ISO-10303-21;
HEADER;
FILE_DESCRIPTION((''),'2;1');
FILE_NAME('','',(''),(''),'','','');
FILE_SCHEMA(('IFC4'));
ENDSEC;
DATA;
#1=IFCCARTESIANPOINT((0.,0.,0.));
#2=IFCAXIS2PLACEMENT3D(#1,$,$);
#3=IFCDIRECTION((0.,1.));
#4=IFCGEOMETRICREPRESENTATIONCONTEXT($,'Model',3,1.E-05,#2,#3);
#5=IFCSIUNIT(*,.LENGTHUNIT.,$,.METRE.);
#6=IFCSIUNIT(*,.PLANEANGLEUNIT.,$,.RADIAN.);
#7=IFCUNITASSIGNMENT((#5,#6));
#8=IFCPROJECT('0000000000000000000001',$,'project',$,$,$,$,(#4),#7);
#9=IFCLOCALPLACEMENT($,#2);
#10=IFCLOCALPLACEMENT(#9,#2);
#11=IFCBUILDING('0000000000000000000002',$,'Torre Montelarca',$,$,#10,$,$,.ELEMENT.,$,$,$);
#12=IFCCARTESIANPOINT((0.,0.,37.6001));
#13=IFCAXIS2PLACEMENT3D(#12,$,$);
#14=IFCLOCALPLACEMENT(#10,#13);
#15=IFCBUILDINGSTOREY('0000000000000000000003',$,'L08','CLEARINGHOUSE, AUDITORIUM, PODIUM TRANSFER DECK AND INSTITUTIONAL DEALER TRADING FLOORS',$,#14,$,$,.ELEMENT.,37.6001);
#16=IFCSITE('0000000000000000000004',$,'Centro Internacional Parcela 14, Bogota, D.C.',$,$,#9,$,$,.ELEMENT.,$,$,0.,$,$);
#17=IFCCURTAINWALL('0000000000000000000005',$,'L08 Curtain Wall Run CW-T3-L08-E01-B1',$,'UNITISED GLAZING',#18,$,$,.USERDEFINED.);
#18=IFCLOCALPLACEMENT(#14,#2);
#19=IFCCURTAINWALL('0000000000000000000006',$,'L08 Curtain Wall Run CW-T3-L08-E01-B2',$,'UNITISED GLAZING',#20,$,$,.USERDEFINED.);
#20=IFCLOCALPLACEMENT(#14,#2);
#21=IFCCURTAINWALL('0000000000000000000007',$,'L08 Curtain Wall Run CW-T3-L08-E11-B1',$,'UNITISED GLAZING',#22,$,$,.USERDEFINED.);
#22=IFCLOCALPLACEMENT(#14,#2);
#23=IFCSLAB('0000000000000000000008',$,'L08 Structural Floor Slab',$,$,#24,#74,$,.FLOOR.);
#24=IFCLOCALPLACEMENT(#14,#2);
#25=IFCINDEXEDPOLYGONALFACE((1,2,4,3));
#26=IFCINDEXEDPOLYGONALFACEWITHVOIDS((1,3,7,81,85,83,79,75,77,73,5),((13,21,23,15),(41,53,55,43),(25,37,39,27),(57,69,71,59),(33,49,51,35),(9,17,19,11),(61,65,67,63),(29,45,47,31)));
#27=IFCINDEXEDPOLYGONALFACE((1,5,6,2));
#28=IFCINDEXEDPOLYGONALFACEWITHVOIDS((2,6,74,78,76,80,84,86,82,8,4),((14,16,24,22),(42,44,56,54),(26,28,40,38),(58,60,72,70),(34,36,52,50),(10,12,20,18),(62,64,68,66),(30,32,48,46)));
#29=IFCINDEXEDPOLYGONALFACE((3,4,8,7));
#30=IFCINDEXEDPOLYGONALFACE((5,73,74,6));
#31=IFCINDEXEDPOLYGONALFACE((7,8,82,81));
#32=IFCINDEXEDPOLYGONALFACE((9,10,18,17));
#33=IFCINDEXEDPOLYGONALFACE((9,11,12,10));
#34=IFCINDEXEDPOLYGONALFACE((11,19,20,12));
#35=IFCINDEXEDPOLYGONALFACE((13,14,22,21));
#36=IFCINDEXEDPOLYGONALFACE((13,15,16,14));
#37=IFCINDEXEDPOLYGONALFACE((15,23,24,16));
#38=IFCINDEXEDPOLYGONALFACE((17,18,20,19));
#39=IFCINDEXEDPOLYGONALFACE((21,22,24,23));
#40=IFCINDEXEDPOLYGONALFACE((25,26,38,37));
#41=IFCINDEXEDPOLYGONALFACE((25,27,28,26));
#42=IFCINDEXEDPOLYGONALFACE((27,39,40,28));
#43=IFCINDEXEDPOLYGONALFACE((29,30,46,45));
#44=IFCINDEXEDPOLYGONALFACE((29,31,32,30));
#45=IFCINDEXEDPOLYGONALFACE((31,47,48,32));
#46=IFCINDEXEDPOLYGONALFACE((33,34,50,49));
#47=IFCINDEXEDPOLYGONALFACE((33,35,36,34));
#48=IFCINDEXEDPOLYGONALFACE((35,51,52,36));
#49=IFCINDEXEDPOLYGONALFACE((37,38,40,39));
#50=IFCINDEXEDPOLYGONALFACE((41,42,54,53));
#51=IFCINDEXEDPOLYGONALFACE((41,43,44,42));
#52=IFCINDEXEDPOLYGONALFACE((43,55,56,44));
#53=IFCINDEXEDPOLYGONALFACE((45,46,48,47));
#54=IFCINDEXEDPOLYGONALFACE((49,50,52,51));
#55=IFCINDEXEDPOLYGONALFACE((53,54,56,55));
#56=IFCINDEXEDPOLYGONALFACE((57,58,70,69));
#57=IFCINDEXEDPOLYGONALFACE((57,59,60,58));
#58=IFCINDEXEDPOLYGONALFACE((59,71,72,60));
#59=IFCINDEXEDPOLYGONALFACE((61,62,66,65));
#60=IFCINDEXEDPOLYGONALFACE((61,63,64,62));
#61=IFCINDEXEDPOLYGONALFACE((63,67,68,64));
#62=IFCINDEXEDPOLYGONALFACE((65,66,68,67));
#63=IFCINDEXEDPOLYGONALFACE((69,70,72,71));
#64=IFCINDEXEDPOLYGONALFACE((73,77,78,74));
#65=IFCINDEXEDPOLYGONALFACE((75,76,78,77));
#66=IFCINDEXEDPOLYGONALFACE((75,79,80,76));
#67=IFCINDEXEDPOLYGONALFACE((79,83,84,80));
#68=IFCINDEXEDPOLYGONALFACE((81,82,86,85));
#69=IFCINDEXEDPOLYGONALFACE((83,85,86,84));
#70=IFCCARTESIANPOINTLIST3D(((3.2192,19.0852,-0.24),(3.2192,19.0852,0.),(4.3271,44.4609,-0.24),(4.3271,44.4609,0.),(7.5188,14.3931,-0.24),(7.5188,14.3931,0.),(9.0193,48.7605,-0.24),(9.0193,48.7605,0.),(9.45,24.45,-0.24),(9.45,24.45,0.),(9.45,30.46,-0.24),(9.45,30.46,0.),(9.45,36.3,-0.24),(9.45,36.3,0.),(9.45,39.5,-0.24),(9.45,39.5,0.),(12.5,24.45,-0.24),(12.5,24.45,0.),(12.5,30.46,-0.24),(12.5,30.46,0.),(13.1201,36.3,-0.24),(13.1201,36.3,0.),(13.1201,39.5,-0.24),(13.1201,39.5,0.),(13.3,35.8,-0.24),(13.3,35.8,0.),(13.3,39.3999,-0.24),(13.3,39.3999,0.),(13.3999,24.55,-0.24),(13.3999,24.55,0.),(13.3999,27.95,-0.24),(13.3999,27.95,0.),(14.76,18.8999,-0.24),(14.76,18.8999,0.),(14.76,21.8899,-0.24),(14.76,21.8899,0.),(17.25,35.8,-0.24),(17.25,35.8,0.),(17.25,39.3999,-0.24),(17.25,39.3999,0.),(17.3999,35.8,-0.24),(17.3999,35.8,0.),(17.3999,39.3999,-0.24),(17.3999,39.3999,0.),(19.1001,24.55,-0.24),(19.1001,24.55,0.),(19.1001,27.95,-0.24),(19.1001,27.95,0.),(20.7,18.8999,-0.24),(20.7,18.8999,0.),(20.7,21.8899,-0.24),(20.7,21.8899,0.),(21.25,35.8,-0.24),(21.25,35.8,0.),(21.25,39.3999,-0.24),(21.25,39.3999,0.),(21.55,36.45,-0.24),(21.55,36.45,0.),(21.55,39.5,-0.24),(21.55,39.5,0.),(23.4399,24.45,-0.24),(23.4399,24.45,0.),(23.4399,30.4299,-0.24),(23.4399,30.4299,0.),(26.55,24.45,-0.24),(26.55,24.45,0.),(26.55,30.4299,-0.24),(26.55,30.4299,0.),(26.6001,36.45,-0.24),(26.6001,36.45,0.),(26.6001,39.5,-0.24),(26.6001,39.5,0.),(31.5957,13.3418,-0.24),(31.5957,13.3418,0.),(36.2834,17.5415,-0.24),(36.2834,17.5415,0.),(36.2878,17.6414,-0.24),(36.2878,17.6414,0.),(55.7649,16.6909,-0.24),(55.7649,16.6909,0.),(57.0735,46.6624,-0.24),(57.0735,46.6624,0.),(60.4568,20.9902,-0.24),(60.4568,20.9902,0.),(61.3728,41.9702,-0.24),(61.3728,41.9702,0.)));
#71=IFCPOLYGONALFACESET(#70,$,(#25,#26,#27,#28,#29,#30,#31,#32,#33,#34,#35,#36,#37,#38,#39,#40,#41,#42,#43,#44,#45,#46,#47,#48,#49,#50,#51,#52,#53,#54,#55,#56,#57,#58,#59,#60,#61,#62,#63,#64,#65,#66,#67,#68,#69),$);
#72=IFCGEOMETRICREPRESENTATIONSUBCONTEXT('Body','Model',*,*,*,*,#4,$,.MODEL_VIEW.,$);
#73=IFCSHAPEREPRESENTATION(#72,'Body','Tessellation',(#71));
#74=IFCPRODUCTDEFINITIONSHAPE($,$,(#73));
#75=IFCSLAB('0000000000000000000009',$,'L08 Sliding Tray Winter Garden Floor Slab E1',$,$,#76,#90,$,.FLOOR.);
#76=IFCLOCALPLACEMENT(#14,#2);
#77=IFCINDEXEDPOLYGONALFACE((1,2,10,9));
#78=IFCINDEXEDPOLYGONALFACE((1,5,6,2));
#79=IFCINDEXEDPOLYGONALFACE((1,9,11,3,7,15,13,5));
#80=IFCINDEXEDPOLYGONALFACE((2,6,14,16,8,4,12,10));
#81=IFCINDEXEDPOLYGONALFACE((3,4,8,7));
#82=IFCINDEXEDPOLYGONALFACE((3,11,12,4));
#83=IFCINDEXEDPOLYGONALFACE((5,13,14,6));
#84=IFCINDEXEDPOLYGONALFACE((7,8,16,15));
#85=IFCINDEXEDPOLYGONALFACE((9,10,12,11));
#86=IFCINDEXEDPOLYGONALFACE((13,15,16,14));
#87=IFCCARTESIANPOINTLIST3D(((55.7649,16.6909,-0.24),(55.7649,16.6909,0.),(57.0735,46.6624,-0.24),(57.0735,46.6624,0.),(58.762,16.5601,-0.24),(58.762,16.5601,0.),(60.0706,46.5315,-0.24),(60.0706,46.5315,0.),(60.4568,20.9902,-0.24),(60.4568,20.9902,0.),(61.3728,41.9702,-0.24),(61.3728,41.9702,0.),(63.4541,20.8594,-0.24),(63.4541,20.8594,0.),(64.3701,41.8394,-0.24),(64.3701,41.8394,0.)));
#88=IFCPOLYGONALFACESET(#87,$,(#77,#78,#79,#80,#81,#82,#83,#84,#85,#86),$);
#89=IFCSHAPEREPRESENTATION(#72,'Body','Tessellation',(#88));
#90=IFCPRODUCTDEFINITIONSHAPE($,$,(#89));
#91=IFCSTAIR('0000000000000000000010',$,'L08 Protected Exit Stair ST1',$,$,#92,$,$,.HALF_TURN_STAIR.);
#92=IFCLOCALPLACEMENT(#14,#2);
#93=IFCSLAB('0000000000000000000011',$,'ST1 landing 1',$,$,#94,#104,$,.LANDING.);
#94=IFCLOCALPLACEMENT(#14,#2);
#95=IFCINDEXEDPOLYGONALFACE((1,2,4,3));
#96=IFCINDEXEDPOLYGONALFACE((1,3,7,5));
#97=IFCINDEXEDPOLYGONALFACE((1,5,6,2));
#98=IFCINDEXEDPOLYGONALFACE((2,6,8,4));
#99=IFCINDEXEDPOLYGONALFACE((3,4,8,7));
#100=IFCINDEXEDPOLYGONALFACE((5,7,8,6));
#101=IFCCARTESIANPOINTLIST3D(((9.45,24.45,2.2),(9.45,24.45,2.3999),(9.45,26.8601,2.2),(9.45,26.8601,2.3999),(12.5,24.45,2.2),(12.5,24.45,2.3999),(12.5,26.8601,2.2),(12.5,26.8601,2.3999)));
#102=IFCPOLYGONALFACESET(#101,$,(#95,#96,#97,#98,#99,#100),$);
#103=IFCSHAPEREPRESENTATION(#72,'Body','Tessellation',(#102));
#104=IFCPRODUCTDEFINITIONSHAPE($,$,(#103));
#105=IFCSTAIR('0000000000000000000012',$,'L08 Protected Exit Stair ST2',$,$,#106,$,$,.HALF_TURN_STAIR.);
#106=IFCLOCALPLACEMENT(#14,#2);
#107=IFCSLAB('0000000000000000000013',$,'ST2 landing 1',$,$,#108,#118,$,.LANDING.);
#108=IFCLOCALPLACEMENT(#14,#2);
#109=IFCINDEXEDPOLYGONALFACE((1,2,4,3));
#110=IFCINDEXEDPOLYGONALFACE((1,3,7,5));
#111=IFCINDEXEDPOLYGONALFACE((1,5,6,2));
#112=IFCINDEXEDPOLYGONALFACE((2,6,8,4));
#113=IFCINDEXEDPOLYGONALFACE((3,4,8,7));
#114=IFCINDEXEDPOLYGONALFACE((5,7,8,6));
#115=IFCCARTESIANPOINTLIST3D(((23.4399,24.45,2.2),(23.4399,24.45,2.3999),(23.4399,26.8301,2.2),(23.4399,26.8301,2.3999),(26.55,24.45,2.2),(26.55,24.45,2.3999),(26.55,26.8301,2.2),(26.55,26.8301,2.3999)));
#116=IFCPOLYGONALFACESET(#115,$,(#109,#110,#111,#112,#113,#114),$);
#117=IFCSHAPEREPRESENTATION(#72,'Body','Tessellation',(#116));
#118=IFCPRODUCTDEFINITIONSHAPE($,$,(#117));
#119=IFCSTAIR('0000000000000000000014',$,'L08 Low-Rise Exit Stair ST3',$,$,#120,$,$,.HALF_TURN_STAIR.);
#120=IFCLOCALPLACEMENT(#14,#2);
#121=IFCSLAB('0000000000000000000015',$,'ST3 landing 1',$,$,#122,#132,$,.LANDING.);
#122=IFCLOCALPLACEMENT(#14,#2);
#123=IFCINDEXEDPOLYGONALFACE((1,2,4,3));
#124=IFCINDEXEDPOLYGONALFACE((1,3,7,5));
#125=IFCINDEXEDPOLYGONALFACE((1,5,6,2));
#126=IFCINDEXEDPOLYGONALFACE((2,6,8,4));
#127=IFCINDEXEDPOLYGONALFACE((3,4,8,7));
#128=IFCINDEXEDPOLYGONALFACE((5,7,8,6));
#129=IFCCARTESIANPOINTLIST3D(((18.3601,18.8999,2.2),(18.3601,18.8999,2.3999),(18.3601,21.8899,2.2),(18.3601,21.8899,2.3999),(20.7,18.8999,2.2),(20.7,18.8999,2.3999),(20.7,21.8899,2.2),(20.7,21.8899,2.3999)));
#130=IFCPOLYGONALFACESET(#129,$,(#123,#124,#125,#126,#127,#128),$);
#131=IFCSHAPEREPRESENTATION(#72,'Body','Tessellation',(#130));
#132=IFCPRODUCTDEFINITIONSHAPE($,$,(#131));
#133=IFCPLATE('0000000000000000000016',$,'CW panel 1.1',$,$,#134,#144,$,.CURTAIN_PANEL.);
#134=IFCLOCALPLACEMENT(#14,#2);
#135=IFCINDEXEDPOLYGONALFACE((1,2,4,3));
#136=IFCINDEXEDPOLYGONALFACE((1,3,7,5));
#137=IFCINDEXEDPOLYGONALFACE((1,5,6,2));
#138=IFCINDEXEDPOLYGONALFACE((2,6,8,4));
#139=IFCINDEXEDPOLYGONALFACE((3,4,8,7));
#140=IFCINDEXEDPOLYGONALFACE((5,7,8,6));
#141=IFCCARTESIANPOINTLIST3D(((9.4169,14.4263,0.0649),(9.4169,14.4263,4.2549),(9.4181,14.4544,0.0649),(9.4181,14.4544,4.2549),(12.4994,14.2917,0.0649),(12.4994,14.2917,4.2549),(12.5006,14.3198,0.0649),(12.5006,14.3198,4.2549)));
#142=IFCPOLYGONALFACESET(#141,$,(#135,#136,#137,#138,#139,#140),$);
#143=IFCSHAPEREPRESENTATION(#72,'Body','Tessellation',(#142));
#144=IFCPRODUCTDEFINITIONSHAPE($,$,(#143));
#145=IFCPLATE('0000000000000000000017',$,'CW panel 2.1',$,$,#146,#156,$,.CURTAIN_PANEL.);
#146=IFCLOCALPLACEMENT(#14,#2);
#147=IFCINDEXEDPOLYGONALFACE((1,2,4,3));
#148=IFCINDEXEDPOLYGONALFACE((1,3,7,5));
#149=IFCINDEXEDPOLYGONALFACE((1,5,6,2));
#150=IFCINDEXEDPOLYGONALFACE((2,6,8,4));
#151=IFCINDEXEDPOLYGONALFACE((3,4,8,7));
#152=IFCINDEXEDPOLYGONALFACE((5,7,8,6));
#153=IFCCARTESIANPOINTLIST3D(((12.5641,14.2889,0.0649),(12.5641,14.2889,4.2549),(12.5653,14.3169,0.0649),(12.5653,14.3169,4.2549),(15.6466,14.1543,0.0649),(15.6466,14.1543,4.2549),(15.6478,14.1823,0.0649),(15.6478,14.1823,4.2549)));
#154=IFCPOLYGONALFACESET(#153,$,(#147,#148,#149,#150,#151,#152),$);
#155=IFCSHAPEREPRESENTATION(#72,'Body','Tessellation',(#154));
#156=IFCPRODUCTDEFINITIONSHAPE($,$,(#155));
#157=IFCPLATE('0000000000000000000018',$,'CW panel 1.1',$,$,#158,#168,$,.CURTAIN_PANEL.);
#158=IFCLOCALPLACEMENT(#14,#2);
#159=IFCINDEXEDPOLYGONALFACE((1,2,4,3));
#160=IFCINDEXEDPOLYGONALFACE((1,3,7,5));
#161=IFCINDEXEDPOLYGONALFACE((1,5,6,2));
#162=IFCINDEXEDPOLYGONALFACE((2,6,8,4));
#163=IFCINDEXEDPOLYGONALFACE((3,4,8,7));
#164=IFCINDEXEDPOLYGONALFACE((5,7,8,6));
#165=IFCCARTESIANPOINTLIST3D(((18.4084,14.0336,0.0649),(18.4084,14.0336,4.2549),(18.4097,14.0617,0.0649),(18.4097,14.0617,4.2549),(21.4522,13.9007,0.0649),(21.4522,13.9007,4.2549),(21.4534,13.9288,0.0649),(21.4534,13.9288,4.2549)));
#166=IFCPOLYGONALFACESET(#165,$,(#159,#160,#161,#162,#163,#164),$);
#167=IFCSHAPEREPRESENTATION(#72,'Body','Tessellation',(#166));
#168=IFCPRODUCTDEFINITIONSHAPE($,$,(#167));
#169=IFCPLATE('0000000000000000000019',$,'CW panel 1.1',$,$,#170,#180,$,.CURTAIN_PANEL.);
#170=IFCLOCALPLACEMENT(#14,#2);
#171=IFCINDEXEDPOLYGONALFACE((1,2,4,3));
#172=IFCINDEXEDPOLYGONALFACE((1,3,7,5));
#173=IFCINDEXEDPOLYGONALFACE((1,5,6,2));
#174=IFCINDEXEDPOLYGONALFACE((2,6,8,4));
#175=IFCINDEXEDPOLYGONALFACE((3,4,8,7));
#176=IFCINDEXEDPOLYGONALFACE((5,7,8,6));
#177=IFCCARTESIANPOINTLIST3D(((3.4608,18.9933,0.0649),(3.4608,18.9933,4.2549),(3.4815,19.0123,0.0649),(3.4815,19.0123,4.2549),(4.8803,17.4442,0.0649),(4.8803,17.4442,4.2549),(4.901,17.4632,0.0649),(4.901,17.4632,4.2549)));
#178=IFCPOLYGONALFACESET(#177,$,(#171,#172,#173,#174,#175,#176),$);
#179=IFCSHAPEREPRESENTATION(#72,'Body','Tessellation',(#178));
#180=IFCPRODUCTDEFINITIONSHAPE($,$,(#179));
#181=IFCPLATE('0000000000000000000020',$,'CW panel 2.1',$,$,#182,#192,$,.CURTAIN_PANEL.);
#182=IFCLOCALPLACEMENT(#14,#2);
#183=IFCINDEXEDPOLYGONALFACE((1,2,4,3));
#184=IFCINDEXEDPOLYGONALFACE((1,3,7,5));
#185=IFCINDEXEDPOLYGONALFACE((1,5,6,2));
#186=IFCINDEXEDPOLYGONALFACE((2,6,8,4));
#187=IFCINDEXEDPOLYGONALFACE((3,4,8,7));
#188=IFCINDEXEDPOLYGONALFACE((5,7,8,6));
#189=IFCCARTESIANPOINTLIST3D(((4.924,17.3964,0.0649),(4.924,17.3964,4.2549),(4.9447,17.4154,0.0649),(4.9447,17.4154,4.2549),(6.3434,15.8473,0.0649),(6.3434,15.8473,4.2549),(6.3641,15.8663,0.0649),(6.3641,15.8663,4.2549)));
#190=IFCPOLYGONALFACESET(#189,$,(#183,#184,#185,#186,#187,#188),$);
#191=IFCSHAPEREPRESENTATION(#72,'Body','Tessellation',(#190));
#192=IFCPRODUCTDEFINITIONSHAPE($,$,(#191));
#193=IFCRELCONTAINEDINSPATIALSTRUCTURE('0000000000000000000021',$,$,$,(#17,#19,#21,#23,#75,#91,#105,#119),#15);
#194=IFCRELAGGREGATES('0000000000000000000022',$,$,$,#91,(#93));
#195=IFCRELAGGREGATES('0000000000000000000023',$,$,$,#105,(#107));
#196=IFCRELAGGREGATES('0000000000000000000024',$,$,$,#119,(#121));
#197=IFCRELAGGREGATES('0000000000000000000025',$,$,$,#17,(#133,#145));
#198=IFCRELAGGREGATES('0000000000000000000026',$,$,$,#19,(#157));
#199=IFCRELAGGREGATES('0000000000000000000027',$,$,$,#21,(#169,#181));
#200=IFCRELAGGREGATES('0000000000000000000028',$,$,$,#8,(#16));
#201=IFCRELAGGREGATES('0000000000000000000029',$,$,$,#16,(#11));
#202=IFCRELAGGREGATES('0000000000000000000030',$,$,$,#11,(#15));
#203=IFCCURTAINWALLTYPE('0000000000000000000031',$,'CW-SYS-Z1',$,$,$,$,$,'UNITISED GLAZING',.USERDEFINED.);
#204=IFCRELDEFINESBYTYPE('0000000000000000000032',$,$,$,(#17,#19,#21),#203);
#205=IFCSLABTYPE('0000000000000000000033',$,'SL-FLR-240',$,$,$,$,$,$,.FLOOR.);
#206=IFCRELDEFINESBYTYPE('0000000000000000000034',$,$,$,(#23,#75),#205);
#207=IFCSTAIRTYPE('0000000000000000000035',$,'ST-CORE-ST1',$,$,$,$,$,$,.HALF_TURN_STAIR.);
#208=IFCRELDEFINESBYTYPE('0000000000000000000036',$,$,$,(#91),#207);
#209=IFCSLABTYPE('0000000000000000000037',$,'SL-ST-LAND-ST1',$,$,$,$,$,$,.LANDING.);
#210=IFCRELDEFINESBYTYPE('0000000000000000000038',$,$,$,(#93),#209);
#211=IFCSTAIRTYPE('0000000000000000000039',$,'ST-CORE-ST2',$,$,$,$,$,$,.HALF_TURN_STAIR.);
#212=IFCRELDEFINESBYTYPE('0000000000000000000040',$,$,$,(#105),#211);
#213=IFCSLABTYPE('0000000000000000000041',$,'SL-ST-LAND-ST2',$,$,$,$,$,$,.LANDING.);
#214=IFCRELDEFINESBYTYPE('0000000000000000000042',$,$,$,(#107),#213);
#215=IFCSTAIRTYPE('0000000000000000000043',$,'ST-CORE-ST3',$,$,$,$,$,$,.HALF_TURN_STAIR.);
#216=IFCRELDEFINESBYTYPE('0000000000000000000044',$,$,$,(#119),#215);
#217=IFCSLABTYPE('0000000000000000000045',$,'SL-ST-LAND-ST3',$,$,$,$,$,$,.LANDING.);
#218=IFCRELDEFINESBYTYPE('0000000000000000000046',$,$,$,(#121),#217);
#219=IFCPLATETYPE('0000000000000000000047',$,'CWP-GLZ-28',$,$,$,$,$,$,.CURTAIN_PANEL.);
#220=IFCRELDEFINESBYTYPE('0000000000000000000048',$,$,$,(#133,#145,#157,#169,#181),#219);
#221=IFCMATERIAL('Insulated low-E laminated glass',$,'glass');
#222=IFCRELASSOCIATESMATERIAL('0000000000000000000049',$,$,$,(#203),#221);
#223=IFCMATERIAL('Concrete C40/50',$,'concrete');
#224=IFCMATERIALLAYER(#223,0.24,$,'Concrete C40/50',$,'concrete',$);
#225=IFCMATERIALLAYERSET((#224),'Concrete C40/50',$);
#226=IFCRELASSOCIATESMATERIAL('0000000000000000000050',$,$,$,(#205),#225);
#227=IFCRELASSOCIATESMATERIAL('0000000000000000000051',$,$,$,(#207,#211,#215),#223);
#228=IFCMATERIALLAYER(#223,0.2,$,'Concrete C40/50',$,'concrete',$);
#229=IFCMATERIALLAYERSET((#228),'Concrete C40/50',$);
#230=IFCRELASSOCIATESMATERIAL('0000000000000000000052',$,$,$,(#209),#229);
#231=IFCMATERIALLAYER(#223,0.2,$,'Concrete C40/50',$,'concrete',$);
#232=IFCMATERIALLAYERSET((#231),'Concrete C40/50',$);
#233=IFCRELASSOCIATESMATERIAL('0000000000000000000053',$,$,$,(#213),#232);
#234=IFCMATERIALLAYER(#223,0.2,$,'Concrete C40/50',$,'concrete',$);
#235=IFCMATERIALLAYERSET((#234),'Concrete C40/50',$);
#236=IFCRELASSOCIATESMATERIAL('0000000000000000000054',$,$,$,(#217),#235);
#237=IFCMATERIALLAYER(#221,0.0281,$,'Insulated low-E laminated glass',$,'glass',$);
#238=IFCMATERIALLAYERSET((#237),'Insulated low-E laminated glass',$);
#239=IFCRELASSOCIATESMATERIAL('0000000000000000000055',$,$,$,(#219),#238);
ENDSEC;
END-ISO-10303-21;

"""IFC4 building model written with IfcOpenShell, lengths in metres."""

from ifc_helpers import new_model, si_unit, direction, frame, origin, origin_2d, place, context, subcontext, project, spatial, polyline, rectangle, outline, extrude, source, transform, mapped, material, layer, layer_set, type_object, element, aggregate, save


model = new_model("IFC4")

# Units and contexts
model_context = context("Model", 3, precision=1e-05, world=origin(), true_north=direction((0.0, 1.0)))
body_context = subcontext(model_context, "Body", "Model", "MODEL_VIEW")
ifc_project = project(units=[si_unit("LENGTHUNIT", "METRE"), si_unit("PLANEANGLEUNIT", "RADIAN")], contexts=[model_context])

# Site, building, storey
site_placement = place(None, origin())
site = spatial("IfcSite", under=ifc_project, at=site_placement, Name="Centro Internacional Parcela 14, Bogota, D.C.", CompositionType="ELEMENT", RefElevation=0.0)
building_placement = place(site_placement, origin())
building = spatial("IfcBuilding", under=site, at=building_placement, Name="Torre Montelarca", CompositionType="ELEMENT")
storey_placement = place(building_placement, frame((0.0, 0.0, 37.6001)))
storey = spatial("IfcBuildingStorey", under=building, at=storey_placement, Name="L08", Description="CLEARINGHOUSE, AUDITORIUM, PODIUM TRANSFER DECK AND INSTITUTIONAL DEALER TRADING FLOORS", CompositionType="ELEMENT", Elevation=37.6001)

# Curtain wall
ifc_material_1 = material(Name="Insulated low-E laminated glass", Category="glass")
curtain_wall_type = type_object("IfcCurtainWallType", Name="CW-SYS-Z1", ElementType="UNITISED GLAZING", PredefinedType="USERDEFINED", material=ifc_material_1)
curtain_wall_1_placement = place(storey_placement, origin())
curtain_wall_1 = element("IfcCurtainWall", 1, at=curtain_wall_1_placement, inside=storey, type_object=curtain_wall_type, Name="L08 Curtain Wall Run CW-T3-L08-E01-B1", ObjectType="UNITISED GLAZING", PredefinedType="USERDEFINED")

# Curtain wall
curtain_wall_2_placement = place(storey_placement, origin())
curtain_wall_2 = element("IfcCurtainWall", 2, at=curtain_wall_2_placement, inside=storey, type_object=curtain_wall_type, Name="L08 Curtain Wall Run CW-T3-L08-E01-B2", ObjectType="UNITISED GLAZING", PredefinedType="USERDEFINED")

# Curtain wall
curtain_wall_3_placement = place(storey_placement, origin())
curtain_wall_3 = element("IfcCurtainWall", 3, at=curtain_wall_3_placement, inside=storey, type_object=curtain_wall_type, Name="L08 Curtain Wall Run CW-T3-L08-E11-B1", ObjectType="UNITISED GLAZING", PredefinedType="USERDEFINED")

# Slabs
ifc_material_2 = material(Name="Concrete C40/50", Category="concrete")
ifc_layer_1 = layer(ifc_material_2, 0.24, Name="Concrete C40/50", Category="concrete")
ifc_layer_set_1 = layer_set([ifc_layer_1], Name="Concrete C40/50")
slab_type_1 = type_object("IfcSlabType", Name="SL-FLR-240", PredefinedType="FLOOR", material=ifc_layer_set_1)
slab_1_placement = place(storey_placement, frame((0.0, 0.0, -0.24)))
element("IfcSlab", 4, at=slab_1_placement, inside=storey, type_object=slab_type_1, Name="L08 Structural Floor Slab", PredefinedType="FLOOR", context=body_context, shape_type="SweptSolid", body=[
    extrude(outline(polyline([(31.5957, 13.3418), (36.2878, 17.6414), (36.2834, 17.5415), (55.7649, 16.6909), (60.4568, 20.9902), (61.3728, 41.9702), (57.0735, 46.6624), (9.0193, 48.7605), (4.3271, 44.4609), (3.2192, 19.0852), (7.5188, 14.3931), (31.5957, 13.3418)]), holes=[polyline([(20.7, 18.8999), (14.76, 18.8999), (14.76, 21.8899), (20.7, 21.8899), (20.7, 18.8999)]), polyline([(19.1001, 24.55), (13.3999, 24.55), (13.3999, 27.95), (19.1001, 27.95), (19.1001, 24.55)]), polyline([(23.4399, 24.45), (23.4399, 30.4299), (26.55, 30.4299), (26.55, 24.45), (23.4399, 24.45)]), polyline([(9.45, 24.45), (9.45, 30.46), (12.5, 30.46), (12.5, 24.45), (9.45, 24.45)]), polyline([(17.25, 35.8), (13.3, 35.8), (13.3, 39.3999), (17.25, 39.3999), (17.25, 35.8)]), polyline([(21.25, 35.8), (17.3999, 35.8), (17.3999, 39.3999), (21.25, 39.3999), (21.25, 35.8)]), polyline([(13.1201, 36.3), (9.45, 36.3), (9.45, 39.5), (13.1201, 39.5), (13.1201, 36.3)]), polyline([(26.6001, 36.45), (21.55, 36.45), (21.55, 39.5), (26.6001, 39.5), (26.6001, 36.45)])]), origin(), (0.0, 0.0, 1.0), 0.24),
])
slab_2_placement = place(storey_placement, frame((0.0, 0.0, -0.24)))
element("IfcSlab", 5, at=slab_2_placement, inside=storey, type_object=slab_type_1, Name="L08 Sliding Tray Winter Garden Floor Slab E1", PredefinedType="FLOOR", context=body_context, shape_type="SweptSolid", body=[
    extrude(outline(polyline([(57.0735, 46.6624), (61.3728, 41.9702), (60.4568, 20.9902), (55.7649, 16.6909), (58.762, 16.5601), (63.4541, 20.8594), (64.3701, 41.8394), (60.0706, 46.5315), (57.0735, 46.6624)])), origin(), (0.0, 0.0, 1.0), 0.24),
])

# Stairs, slabs
stair_type_1 = type_object("IfcStairType", Name="ST-CORE-ST1", PredefinedType="HALF_TURN_STAIR", material=ifc_material_2)
stair_1_placement = place(storey_placement, origin())
stair_1 = element("IfcStair", 6, at=stair_1_placement, inside=storey, type_object=stair_type_1, Name="L08 Protected Exit Stair ST1", PredefinedType="HALF_TURN_STAIR")
ifc_layer_2 = layer(ifc_material_2, 0.2, Name="Concrete C40/50", Category="concrete")
ifc_layer_set_2 = layer_set([ifc_layer_2], Name="Concrete C40/50")
slab_type_2 = type_object("IfcSlabType", Name="SL-ST-LAND-ST1", PredefinedType="LANDING", material=ifc_layer_set_2)
slab_3_placement = place(storey_placement, frame((0.0, 0.0, 2.2)))
slab_3 = element("IfcSlab", 7, at=slab_3_placement, type_object=slab_type_2, Name="ST1 landing 1", PredefinedType="LANDING", context=body_context, shape_type="SweptSolid", body=[
    extrude(outline(polyline([(9.45, 26.8601), (9.45, 24.45), (12.5, 24.45), (12.5, 26.8601), (9.45, 26.8601)])), origin(), (0.0, 0.0, 1.0), 0.2),
])
aggregate(stair_1, [slab_3])
stair_type_2 = type_object("IfcStairType", Name="ST-CORE-ST2", PredefinedType="HALF_TURN_STAIR", material=ifc_material_2)
stair_2_placement = place(storey_placement, origin())
stair_2 = element("IfcStair", 8, at=stair_2_placement, inside=storey, type_object=stair_type_2, Name="L08 Protected Exit Stair ST2", PredefinedType="HALF_TURN_STAIR")
ifc_layer_3 = layer(ifc_material_2, 0.2, Name="Concrete C40/50", Category="concrete")
ifc_layer_set_3 = layer_set([ifc_layer_3], Name="Concrete C40/50")
slab_type_3 = type_object("IfcSlabType", Name="SL-ST-LAND-ST2", PredefinedType="LANDING", material=ifc_layer_set_3)
slab_4_placement = place(storey_placement, frame((0.0, 0.0, 2.2)))
slab_4 = element("IfcSlab", 9, at=slab_4_placement, type_object=slab_type_3, Name="ST2 landing 1", PredefinedType="LANDING", context=body_context, shape_type="SweptSolid", body=[
    extrude(outline(polyline([(23.4399, 26.8301), (23.4399, 24.45), (26.55, 24.45), (26.55, 26.8301), (23.4399, 26.8301)])), origin(), (0.0, 0.0, 1.0), 0.2),
])
aggregate(stair_2, [slab_4])
stair_type_3 = type_object("IfcStairType", Name="ST-CORE-ST3", PredefinedType="HALF_TURN_STAIR", material=ifc_material_2)
stair_3_placement = place(storey_placement, origin())
stair_3 = element("IfcStair", 10, at=stair_3_placement, inside=storey, type_object=stair_type_3, Name="L08 Low-Rise Exit Stair ST3", PredefinedType="HALF_TURN_STAIR")
ifc_layer_4 = layer(ifc_material_2, 0.2, Name="Concrete C40/50", Category="concrete")
ifc_layer_set_4 = layer_set([ifc_layer_4], Name="Concrete C40/50")
slab_type_4 = type_object("IfcSlabType", Name="SL-ST-LAND-ST3", PredefinedType="LANDING", material=ifc_layer_set_4)
slab_5_placement = place(storey_placement, frame((0.0, 0.0, 2.2)))
slab_5 = element("IfcSlab", 11, at=slab_5_placement, type_object=slab_type_4, Name="ST3 landing 1", PredefinedType="LANDING", context=body_context, shape_type="SweptSolid", body=[
    extrude(outline(polyline([(18.3601, 18.8999), (20.7, 18.8999), (20.7, 21.8899), (18.3601, 21.8899), (18.3601, 18.8999)])), origin(), (0.0, 0.0, 1.0), 0.2),
])
aggregate(stair_3, [slab_5])

# Plates
ifc_layer_5 = layer(ifc_material_1, 0.0281, Name="Insulated low-E laminated glass", Category="glass")
ifc_layer_set_5 = layer_set([ifc_layer_5], Name="Insulated low-E laminated glass")
plate_type = type_object("IfcPlateType", Name="CWP-GLZ-28", PredefinedType="CURTAIN_PANEL", material=ifc_layer_set_5)
shared_shape_1 = source(origin(), body_context, "Body", "SweptSolid", [
    extrude(rectangle(XDim=3.0854, YDim=0.0281, at=origin_2d()), origin(), (0.0, 0.0, 1.0), 4.1899),
])
plate_1_placement = place(storey_placement, frame((10.9587, 14.373, 0.0649), z_axis=(0.0, 0.0, 1.0), x_axis=(0.999048, -0.043625, 0.0)))
plate_1 = element("IfcPlate", 12, at=plate_1_placement, type_object=plate_type, Name="CW panel 1.1", PredefinedType="CURTAIN_PANEL", context=body_context, shape_type="MappedRepresentation", body=[
    mapped(shared_shape_1, transform((0.0, 0.0, 0.0), scale=1.0)),
])
plate_2_placement = place(storey_placement, frame((14.106, 14.2356, 0.0649), z_axis=(0.0, 0.0, 1.0), x_axis=(0.999048, -0.043625, 0.0)))
plate_2 = element("IfcPlate", 13, at=plate_2_placement, type_object=plate_type, Name="CW panel 2.1", PredefinedType="CURTAIN_PANEL", context=body_context, shape_type="MappedRepresentation", body=[
    mapped(shared_shape_1, transform((0.0, 0.0, 0.0), scale=1.0)),
])
aggregate(curtain_wall_1, [plate_1, plate_2])
shared_shape_2 = source(origin(), body_context, "Body", "SweptSolid", [
    extrude(rectangle(XDim=3.0466, YDim=0.0281, at=origin_2d()), origin(), (0.0, 0.0, 1.0), 4.1899),
])
plate_3_placement = place(storey_placement, frame((19.9309, 13.9812, 0.0649), z_axis=(0.0, 0.0, 1.0), x_axis=(0.999048, -0.043619, 0.0)))
plate_3 = element("IfcPlate", 14, at=plate_3_placement, type_object=plate_type, Name="CW panel 1.1", PredefinedType="CURTAIN_PANEL", context=body_context, shape_type="MappedRepresentation", body=[
    mapped(shared_shape_2, transform((0.0, 0.0, 0.0), scale=1.0)),
])
aggregate(curtain_wall_2, [plate_3])
shared_shape_3 = source(origin(), body_context, "Body", "SweptSolid", [
    extrude(rectangle(XDim=2.1011, YDim=0.0281, at=origin_2d()), origin(), (0.0, 0.0, 1.0), 4.1899),
])
plate_4_placement = place(storey_placement, frame((4.1809, 18.2283, 0.0649), z_axis=(0.0, 0.0, 1.0), x_axis=(0.675571, -0.737295, 0.0)))
plate_4 = element("IfcPlate", 15, at=plate_4_placement, type_object=plate_type, Name="CW panel 1.1", PredefinedType="CURTAIN_PANEL", context=body_context, shape_type="MappedRepresentation", body=[
    mapped(shared_shape_3, transform((0.0, 0.0, 0.0), scale=1.0)),
])
plate_5_placement = place(storey_placement, frame((5.644, 16.6313, 0.0649), z_axis=(0.0, 0.0, 1.0), x_axis=(0.675571, -0.737295, 0.0)))
plate_5 = element("IfcPlate", 16, at=plate_5_placement, type_object=plate_type, Name="CW panel 2.1", PredefinedType="CURTAIN_PANEL", context=body_context, shape_type="MappedRepresentation", body=[
    mapped(shared_shape_3, transform((0.0, 0.0, 0.0), scale=1.0)),
])
aggregate(curtain_wall_3, [plate_4, plate_5])

save(model, "model.ifc")
